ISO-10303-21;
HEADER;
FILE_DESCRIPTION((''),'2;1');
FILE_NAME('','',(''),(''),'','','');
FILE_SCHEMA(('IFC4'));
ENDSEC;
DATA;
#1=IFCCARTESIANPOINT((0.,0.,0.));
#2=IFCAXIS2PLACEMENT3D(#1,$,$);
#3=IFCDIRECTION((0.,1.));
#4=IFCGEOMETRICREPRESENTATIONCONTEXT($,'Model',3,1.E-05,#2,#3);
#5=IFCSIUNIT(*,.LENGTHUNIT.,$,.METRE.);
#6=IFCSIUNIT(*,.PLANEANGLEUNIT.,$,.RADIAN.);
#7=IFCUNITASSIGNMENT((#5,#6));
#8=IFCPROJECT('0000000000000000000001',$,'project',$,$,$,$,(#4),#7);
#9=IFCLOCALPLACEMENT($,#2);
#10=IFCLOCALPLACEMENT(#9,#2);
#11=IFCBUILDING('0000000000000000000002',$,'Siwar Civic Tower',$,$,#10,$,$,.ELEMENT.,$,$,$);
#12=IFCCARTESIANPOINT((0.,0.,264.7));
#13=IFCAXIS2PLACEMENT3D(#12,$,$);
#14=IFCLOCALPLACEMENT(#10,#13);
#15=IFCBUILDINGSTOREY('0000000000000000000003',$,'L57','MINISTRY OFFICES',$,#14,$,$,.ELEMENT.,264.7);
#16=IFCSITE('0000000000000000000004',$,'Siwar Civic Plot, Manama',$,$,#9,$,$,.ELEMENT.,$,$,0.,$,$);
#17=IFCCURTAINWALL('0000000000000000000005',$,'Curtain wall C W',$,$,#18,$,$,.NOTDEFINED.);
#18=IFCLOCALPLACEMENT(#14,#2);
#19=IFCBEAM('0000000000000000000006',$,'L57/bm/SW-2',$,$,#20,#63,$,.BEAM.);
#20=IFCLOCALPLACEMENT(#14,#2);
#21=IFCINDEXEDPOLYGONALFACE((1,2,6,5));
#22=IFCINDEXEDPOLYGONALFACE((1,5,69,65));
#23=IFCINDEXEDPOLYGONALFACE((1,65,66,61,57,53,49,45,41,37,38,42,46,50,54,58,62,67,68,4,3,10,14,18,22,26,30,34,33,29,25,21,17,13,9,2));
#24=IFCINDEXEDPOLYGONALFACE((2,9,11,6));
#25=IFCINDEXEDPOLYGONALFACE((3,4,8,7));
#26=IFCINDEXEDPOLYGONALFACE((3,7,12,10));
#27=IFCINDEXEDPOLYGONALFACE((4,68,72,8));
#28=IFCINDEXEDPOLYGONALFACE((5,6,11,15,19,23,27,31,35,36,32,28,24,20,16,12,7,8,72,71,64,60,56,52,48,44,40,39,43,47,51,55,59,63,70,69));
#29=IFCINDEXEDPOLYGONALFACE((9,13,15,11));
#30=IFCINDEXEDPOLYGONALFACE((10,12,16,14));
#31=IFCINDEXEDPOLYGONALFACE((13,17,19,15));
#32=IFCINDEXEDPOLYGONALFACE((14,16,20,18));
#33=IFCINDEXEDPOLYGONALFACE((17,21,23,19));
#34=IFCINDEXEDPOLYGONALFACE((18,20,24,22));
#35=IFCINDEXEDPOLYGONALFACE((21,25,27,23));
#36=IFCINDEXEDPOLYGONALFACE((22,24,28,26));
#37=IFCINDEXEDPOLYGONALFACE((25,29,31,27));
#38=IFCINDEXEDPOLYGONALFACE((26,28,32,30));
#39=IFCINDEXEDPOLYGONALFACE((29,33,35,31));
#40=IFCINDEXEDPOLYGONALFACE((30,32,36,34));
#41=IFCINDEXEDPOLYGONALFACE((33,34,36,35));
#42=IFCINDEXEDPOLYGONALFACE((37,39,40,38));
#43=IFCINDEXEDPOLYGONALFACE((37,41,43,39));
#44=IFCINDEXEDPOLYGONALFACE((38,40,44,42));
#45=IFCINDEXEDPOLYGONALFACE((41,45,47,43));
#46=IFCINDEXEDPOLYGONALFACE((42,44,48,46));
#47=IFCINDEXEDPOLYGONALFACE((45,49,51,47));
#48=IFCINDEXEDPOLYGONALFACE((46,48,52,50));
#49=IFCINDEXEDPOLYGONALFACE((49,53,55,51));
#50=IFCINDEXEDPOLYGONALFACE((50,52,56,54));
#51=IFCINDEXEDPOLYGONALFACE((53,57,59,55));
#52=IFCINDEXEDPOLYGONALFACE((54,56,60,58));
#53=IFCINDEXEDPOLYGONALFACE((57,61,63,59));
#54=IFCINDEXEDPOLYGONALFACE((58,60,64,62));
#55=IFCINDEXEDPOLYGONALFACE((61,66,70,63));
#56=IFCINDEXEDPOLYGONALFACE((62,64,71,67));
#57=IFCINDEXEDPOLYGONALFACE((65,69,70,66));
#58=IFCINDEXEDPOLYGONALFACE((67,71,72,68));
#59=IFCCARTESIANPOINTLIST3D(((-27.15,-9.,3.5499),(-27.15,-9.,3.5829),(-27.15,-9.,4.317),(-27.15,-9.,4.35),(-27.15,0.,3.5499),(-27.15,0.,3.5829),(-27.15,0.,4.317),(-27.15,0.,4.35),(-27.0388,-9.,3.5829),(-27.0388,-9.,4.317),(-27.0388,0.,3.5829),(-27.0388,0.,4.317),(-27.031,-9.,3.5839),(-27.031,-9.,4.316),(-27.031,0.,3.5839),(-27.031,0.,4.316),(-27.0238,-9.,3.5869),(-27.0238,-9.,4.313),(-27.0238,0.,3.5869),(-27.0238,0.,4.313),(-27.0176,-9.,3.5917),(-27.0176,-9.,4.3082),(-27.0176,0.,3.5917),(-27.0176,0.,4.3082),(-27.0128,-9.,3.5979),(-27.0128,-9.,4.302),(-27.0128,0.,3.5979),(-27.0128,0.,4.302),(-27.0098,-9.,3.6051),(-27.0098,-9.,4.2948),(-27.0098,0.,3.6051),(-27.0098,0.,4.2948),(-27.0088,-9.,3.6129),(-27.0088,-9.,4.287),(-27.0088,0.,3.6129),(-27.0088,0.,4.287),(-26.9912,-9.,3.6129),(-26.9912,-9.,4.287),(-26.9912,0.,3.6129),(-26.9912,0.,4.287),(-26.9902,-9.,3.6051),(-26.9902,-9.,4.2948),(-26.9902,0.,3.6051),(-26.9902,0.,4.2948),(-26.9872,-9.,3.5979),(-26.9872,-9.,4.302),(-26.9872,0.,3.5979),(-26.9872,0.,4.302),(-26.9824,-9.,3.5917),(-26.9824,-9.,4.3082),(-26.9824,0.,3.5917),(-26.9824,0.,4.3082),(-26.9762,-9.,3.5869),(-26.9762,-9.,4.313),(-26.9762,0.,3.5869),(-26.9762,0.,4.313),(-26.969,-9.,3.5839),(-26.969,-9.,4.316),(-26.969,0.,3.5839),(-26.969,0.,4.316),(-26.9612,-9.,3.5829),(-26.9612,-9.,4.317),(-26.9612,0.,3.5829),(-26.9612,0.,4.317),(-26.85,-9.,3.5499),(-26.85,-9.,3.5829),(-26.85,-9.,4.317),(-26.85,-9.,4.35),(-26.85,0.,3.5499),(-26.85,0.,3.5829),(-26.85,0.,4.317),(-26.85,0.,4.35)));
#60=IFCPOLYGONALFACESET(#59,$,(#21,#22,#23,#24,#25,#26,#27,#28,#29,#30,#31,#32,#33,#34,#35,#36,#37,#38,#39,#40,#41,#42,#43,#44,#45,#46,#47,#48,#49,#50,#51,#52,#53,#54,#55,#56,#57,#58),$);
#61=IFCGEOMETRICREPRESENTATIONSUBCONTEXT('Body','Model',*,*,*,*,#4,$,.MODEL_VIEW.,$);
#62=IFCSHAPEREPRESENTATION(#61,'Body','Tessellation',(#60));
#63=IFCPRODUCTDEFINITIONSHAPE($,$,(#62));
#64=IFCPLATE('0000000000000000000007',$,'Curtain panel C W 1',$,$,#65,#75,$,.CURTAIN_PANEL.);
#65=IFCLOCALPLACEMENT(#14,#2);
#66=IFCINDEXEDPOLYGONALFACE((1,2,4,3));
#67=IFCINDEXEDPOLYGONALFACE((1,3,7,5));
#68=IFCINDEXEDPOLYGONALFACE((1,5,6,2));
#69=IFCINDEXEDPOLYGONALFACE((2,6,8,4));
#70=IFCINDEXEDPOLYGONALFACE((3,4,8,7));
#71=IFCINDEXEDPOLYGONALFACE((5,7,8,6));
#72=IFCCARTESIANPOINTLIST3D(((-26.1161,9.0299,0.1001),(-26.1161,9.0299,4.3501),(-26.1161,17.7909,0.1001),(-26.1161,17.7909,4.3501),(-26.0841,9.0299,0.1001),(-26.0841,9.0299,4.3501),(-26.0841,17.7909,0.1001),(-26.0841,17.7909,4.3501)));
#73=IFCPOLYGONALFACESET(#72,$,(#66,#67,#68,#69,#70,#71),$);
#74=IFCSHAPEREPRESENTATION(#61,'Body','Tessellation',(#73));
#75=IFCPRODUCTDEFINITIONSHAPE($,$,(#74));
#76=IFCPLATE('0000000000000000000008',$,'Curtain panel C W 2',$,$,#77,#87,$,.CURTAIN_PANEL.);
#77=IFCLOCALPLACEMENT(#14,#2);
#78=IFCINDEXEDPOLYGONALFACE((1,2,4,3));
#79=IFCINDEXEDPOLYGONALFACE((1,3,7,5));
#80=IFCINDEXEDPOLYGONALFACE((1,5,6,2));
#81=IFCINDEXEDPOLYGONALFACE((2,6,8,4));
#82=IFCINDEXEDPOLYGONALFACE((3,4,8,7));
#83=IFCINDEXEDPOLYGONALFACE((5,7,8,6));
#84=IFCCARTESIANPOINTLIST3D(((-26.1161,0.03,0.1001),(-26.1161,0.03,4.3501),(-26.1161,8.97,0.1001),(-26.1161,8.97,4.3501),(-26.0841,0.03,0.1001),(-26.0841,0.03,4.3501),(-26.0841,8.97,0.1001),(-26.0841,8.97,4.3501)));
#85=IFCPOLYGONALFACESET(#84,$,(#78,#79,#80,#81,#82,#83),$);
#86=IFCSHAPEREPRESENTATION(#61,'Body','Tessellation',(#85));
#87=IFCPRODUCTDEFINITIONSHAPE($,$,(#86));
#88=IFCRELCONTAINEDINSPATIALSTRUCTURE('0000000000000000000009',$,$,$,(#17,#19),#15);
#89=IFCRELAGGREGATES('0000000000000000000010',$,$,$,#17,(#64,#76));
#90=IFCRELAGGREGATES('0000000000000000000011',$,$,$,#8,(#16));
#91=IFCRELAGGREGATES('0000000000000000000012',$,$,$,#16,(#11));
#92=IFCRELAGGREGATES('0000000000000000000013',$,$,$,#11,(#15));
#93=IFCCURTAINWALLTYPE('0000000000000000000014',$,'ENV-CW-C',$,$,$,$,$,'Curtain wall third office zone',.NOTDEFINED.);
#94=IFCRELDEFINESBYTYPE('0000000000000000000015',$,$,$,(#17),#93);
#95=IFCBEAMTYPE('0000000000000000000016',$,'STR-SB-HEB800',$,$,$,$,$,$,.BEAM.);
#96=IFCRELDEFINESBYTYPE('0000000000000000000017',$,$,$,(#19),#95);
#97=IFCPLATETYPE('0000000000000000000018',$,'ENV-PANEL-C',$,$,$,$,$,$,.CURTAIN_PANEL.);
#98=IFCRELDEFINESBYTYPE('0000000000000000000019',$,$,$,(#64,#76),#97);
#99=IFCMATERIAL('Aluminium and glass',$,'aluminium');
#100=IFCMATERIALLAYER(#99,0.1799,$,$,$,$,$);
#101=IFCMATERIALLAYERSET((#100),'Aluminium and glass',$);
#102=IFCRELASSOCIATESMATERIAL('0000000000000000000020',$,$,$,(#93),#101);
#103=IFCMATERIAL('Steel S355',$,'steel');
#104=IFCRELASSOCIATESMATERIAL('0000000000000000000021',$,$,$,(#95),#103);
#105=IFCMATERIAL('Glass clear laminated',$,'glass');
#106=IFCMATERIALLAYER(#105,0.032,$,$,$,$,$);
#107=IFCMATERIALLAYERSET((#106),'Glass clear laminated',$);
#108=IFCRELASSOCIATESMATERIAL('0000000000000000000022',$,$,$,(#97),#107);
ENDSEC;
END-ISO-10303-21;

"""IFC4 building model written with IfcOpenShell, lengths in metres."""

from ifc_helpers import new_model, si_unit, direction, frame, origin, origin_2d, place, context, subcontext, project, spatial, rectangle, i_section, extrude, material, layer, layer_set, material_profile, profile_set, type_object, element, aggregate, save


model = new_model("IFC4")

# Units and contexts
model_context = context("Model", 3, precision=1e-05, world=origin(), true_north=direction((0.0, 1.0)))
body_context = subcontext(model_context, "Body", "Model", "MODEL_VIEW")
ifc_project = project(units=[si_unit("LENGTHUNIT", "METRE"), si_unit("PLANEANGLEUNIT", "RADIAN")], contexts=[model_context])

# Site, building, storey
site_placement = place(None, origin())
site = spatial("IfcSite", under=ifc_project, at=site_placement, Name="Siwar Civic Plot, Manama", CompositionType="ELEMENT", RefElevation=0.0)
building_placement = place(site_placement, origin())
building = spatial("IfcBuilding", under=site, at=building_placement, Name="Siwar Civic Tower", CompositionType="ELEMENT")
storey_placement = place(building_placement, frame((0.0, 0.0, 264.7)))
storey = spatial("IfcBuildingStorey", under=building, at=storey_placement, Name="L57", Description="MINISTRY OFFICES", CompositionType="ELEMENT", Elevation=264.7)

# Curtain wall
ifc_material_1 = material(Name="Aluminium and glass", Category="aluminium")
ifc_layer_1 = layer(ifc_material_1, 0.1799)
ifc_layer_set_1 = layer_set([ifc_layer_1], Name="Aluminium and glass")
curtain_wall_type = type_object("IfcCurtainWallType", Name="ENV-CW-C", ElementType="Curtain wall third office zone", PredefinedType="NOTDEFINED", material=ifc_layer_set_1)
curtain_wall_placement = place(storey_placement, origin())
curtain_wall = element("IfcCurtainWall", 1, at=curtain_wall_placement, inside=storey, type_object=curtain_wall_type, Name="Curtain wall C W", PredefinedType="NOTDEFINED")

# Beam
ifc_material_2 = material(Name="Steel S355", Category="steel")
ifc_material_profile_1 = material_profile(ifc_material_2, i_section(OverallWidth=0.3, OverallDepth=0.8, WebThickness=0.0176, FlangeThickness=0.033, FilletRadius=0.03, at=origin_2d()), Name="HEB800")
ifc_profile_set_1 = profile_set([ifc_material_profile_1], Name="Steel S355")
beam_type_1 = type_object("IfcBeamType", Name="STR-SB-HEB800", PredefinedType="BEAM", material=ifc_profile_set_1)
for number, where, z_axis, x_axis, name in (
    (2, (-27.0, 0.0, 3.95), (0.0, -1.0, 0.0), (1.0, 0.0, 0.0), "L57/bm/SW-2"),
):
    element("IfcBeam", number, at=place(storey_placement, frame(where, z_axis=z_axis, x_axis=x_axis)), inside=storey, type_object=beam_type_1, Name=name, PredefinedType="BEAM", context=body_context, shape_type="SweptSolid", body=[
        extrude(i_section(OverallWidth=0.3, OverallDepth=0.8, WebThickness=0.0176, FlangeThickness=0.033, FilletRadius=0.03, at=origin_2d()), origin(), (0.0, 0.0, 1.0), 9.0),
    ])

# Plates
ifc_material_3 = material(Name="Glass clear laminated", Category="glass")
ifc_layer_2 = layer(ifc_material_3, 0.032)
ifc_layer_set_2 = layer_set([ifc_layer_2], Name="Glass clear laminated")
plate_type = type_object("IfcPlateType", Name="ENV-PANEL-C", PredefinedType="CURTAIN_PANEL", material=ifc_layer_set_2)
plate_1_placement = place(storey_placement, frame((-26.1001, 13.4104, 0.1001), z_axis=(0.0, 0.0, 1.0), x_axis=(0.0, -1.0, 0.0)))
plate_1 = element("IfcPlate", 3, at=plate_1_placement, type_object=plate_type, Name="Curtain panel C W 1", PredefinedType="CURTAIN_PANEL", context=body_context, shape_type="SweptSolid", body=[
    extrude(rectangle(XDim=8.761, YDim=0.032, at=origin_2d()), origin(), (0.0, 0.0, 1.0), 4.25),
])
plate_2_placement = place(storey_placement, frame((-26.1001, 4.5, 0.1001), z_axis=(0.0, 0.0, 1.0), x_axis=(0.0, -1.0, 0.0)))
plate_2 = element("IfcPlate", 4, at=plate_2_placement, type_object=plate_type, Name="Curtain panel C W 2", PredefinedType="CURTAIN_PANEL", context=body_context, shape_type="SweptSolid", body=[
    extrude(rectangle(XDim=8.9399, YDim=0.032, at=origin_2d()), origin(), (0.0, 0.0, 1.0), 4.25),
])
aggregate(curtain_wall, [plate_1, plate_2])

save(model, "model.ifc")
